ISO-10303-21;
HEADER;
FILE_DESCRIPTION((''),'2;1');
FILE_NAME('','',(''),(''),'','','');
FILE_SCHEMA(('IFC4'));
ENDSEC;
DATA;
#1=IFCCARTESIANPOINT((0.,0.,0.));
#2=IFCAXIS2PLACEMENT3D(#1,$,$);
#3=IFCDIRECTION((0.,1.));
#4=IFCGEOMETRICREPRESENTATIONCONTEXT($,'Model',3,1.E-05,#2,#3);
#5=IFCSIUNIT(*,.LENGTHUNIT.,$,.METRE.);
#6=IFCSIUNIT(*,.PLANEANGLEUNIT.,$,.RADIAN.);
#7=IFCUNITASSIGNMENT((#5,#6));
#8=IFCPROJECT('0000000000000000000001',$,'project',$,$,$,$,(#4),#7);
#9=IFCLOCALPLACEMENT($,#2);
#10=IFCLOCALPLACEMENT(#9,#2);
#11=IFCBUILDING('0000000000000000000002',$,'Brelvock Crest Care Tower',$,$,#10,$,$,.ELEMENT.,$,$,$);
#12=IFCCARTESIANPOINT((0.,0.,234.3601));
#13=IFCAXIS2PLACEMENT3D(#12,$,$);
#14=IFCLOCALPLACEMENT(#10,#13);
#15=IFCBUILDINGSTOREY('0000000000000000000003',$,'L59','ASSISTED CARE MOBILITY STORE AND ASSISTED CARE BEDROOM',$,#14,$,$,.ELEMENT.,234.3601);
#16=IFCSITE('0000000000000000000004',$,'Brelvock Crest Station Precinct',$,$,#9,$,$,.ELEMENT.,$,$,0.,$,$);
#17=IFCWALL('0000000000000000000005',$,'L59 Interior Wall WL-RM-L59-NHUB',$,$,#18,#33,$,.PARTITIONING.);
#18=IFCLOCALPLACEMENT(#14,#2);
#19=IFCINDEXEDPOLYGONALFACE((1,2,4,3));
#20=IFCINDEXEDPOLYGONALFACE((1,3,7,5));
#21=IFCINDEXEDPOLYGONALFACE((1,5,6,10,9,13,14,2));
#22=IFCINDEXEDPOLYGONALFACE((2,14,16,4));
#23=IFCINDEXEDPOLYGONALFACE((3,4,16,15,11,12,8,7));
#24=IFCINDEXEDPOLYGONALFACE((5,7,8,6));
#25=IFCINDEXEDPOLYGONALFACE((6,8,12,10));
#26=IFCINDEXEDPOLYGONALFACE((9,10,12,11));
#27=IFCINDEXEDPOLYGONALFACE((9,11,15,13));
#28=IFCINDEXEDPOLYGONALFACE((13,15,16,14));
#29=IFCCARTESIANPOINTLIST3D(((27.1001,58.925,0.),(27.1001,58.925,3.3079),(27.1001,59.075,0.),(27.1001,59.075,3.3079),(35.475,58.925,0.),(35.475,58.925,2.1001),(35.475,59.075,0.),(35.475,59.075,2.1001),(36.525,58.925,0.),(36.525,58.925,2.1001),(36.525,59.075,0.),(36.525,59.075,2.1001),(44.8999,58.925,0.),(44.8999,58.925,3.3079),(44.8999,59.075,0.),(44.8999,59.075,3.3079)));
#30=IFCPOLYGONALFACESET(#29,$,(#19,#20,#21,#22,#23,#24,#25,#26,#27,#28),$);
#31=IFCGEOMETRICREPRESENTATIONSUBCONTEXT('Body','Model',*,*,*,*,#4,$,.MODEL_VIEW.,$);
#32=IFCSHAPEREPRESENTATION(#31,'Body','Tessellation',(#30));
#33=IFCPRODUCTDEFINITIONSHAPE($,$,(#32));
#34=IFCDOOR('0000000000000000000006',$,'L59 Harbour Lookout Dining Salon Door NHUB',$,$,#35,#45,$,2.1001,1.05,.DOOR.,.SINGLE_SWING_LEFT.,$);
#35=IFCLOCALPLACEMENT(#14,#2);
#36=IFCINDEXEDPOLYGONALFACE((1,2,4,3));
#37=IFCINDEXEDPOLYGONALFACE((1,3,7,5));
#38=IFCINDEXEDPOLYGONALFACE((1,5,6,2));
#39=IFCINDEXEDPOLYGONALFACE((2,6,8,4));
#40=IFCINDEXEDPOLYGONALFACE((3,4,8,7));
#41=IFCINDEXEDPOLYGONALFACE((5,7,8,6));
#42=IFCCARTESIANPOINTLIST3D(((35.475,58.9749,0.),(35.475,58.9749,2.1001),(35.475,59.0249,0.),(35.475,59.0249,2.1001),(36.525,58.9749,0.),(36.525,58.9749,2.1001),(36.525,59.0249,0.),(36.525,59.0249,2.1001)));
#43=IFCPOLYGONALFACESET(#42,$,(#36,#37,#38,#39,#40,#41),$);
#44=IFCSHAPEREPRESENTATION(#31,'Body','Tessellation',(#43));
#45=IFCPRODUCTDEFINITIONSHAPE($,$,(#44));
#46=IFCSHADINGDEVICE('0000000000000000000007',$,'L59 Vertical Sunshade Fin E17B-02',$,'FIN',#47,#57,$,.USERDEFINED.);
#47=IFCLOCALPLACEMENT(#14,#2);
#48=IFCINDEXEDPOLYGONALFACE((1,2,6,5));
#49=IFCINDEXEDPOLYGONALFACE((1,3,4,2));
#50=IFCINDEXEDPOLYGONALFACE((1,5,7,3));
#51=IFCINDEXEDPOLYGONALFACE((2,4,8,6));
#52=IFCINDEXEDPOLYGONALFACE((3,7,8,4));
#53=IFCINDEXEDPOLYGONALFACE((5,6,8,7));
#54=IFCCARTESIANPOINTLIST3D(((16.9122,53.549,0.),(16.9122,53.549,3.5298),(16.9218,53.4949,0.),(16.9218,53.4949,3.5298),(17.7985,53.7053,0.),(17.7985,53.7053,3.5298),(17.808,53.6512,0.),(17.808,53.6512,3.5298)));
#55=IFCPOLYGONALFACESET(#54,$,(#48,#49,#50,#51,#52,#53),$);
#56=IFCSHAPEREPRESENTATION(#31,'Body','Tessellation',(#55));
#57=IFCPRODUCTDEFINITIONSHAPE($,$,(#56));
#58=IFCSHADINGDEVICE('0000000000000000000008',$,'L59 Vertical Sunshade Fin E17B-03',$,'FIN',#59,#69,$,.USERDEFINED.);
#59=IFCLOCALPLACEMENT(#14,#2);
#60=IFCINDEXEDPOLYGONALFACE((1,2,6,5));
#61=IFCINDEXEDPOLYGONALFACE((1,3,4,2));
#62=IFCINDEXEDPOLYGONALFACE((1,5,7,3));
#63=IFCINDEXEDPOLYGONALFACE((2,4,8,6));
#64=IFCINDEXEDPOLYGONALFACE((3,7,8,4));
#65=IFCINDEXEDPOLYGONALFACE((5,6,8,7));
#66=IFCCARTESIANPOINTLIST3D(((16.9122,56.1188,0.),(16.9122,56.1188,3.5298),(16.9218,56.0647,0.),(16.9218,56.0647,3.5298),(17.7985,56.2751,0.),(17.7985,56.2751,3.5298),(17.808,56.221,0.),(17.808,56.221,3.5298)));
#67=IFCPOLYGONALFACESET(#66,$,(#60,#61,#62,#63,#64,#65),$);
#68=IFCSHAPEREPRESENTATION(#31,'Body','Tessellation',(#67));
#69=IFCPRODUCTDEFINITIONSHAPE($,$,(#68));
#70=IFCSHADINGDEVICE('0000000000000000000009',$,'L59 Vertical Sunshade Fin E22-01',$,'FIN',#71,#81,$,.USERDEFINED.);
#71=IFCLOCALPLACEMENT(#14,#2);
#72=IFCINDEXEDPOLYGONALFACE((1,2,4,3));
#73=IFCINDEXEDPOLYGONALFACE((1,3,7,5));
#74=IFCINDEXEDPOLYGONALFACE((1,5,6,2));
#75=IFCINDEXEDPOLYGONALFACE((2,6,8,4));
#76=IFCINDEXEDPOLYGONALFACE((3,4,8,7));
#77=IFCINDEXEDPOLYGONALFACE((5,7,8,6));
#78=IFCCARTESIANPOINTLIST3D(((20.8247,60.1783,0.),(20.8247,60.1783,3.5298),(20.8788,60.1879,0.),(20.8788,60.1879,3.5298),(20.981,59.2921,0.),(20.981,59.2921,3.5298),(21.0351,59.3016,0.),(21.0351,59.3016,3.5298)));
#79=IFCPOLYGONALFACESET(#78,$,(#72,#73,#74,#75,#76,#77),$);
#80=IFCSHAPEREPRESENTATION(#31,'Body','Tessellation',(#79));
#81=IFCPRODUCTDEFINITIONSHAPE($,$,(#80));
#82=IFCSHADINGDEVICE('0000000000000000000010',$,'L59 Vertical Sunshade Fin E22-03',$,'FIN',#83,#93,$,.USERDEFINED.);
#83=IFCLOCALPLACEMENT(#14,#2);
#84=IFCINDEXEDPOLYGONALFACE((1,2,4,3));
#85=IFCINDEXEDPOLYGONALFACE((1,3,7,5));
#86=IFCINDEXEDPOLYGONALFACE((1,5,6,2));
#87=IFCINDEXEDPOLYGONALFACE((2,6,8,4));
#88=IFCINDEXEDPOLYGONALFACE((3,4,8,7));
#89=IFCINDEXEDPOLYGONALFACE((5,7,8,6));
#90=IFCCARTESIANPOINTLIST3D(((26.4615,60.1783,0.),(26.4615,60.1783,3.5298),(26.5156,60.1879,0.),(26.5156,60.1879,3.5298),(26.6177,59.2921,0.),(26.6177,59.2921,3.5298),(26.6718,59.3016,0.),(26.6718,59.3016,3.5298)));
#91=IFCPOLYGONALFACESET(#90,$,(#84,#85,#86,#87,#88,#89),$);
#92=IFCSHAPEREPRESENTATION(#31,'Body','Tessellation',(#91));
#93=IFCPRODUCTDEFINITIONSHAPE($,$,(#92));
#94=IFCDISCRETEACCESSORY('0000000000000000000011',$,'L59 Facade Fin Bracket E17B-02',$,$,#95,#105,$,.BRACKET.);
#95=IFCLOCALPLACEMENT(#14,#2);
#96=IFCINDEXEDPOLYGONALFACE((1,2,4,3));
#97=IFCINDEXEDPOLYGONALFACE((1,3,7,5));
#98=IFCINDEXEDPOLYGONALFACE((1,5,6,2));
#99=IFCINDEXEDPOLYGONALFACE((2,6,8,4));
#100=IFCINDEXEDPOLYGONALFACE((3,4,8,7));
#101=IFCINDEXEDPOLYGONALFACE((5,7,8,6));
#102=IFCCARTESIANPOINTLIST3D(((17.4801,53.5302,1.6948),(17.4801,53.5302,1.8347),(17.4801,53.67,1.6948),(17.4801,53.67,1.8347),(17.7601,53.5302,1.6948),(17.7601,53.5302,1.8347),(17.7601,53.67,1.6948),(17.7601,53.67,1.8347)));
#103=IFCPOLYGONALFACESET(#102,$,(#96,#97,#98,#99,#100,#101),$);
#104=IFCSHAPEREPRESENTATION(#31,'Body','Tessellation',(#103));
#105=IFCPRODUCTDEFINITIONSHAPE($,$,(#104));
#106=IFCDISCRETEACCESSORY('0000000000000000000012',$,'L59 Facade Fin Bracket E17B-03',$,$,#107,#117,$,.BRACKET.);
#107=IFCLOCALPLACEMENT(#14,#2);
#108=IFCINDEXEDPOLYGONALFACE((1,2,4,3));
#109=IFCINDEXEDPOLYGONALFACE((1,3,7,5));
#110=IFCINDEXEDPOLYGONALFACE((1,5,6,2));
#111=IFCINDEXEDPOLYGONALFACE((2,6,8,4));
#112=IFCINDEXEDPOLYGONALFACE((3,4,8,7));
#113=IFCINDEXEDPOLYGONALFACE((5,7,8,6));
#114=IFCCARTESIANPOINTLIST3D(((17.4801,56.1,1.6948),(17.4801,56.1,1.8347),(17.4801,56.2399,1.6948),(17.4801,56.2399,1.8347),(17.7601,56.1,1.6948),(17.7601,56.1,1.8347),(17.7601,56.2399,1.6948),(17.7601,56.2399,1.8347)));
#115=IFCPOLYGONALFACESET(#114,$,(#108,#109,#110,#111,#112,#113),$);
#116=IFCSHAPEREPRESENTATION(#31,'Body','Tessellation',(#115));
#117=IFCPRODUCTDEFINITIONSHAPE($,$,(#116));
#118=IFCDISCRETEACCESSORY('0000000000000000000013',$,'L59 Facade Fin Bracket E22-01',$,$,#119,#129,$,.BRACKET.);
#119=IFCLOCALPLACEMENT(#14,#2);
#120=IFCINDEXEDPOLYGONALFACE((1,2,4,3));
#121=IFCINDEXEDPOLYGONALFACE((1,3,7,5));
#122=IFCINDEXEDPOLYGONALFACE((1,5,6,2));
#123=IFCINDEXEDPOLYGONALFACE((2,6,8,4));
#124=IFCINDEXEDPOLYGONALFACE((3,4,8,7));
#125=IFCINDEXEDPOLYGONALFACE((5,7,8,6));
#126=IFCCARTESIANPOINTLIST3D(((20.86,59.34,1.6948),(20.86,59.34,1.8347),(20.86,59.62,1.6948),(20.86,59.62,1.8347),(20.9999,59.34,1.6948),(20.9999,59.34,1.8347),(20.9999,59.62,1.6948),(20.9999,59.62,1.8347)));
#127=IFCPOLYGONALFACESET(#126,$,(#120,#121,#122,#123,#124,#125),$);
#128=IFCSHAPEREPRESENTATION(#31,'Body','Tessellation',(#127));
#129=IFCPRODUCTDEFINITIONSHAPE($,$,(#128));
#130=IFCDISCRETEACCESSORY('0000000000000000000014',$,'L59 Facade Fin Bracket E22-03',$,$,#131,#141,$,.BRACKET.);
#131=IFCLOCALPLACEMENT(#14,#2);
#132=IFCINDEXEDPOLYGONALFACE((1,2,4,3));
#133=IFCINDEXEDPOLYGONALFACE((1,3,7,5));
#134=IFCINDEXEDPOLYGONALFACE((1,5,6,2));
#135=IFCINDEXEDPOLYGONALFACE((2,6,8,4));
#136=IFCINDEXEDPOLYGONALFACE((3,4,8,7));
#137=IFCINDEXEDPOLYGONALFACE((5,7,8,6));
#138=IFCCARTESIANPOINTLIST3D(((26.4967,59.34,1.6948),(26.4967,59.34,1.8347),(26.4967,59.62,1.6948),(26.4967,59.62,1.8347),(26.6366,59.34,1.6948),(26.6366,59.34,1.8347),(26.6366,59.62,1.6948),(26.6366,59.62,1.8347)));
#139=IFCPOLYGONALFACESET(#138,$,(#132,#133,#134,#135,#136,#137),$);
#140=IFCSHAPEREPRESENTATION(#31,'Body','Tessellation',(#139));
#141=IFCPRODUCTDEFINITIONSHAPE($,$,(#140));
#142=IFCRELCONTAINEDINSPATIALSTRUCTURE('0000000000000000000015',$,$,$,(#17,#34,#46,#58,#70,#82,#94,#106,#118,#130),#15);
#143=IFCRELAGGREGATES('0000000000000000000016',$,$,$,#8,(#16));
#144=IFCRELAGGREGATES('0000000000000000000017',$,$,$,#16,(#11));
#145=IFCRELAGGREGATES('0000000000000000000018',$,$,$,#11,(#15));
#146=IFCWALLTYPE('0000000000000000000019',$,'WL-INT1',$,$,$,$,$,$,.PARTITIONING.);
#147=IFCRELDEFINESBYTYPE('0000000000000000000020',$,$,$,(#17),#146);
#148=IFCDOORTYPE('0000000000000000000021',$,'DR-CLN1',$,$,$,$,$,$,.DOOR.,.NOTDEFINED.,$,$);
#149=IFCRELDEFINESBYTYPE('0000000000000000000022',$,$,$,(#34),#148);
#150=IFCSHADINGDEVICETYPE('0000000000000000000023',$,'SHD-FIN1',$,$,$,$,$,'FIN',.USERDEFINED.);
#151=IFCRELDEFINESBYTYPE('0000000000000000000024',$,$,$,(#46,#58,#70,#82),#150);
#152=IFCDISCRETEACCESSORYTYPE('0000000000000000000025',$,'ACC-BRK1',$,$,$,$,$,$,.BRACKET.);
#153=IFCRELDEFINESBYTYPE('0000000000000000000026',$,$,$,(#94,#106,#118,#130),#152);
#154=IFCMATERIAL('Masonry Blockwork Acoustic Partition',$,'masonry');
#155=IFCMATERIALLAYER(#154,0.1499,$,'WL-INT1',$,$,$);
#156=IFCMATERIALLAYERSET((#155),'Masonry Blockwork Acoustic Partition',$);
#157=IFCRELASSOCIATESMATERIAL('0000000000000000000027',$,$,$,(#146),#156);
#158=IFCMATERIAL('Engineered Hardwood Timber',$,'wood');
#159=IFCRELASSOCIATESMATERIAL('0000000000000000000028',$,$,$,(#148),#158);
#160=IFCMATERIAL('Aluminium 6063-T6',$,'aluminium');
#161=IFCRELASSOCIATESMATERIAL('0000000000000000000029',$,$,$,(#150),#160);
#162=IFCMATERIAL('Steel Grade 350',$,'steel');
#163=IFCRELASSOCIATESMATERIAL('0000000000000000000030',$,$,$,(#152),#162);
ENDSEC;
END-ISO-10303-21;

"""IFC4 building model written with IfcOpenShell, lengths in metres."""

from ifc_helpers import new_model, si_unit, direction, frame, frame_2d, origin, origin_2d, place, context, subcontext, project, spatial, rectangle, extrude, source, transform, mapped, material, layer, layer_set, material_profile, profile_set, type_object, element, fill, save


model = new_model("IFC4")

# Units and contexts
model_context = context("Model", 3, precision=1e-05, world=origin(), true_north=direction((0.0, 1.0)))
body_context = subcontext(model_context, "Body", "Model", "MODEL_VIEW")
ifc_project = project(units=[si_unit("LENGTHUNIT", "METRE"), si_unit("PLANEANGLEUNIT", "RADIAN")], contexts=[model_context])

# Site, building, storey
site_placement = place(None, origin())
site = spatial("IfcSite", under=ifc_project, at=site_placement, Name="Brelvock Crest Station Precinct", CompositionType="ELEMENT", RefElevation=0.0)
building_placement = place(site_placement, origin())
building = spatial("IfcBuilding", under=site, at=building_placement, Name="Brelvock Crest Care Tower", CompositionType="ELEMENT")
storey_placement = place(building_placement, frame((0.0, 0.0, 234.3601)))
storey = spatial("IfcBuildingStorey", under=building, at=storey_placement, Name="L59", Description="ASSISTED CARE MOBILITY STORE AND ASSISTED CARE BEDROOM", CompositionType="ELEMENT", Elevation=234.3601)

# Shared definitions
ifc_material_1 = material(Name="Steel Grade 350", Category="steel")

# Shared definitions
ifc_material_2 = material(Name="Aluminium 6063-T6", Category="aluminium")

# Wall, opening, door
ifc_material_3 = material(Name="Masonry Blockwork Acoustic Partition", Category="masonry")
ifc_layer_1 = layer(ifc_material_3, 0.1499, Name="WL-INT1")
ifc_layer_set_1 = layer_set([ifc_layer_1], Name="Masonry Blockwork Acoustic Partition")
wall_type_1 = type_object("IfcWallType", Name="WL-INT1", PredefinedType="PARTITIONING", material=ifc_layer_set_1)
wall_placement = place(storey_placement, frame((27.1001, 59.0, 0.0), z_axis=(0.0, 0.0, 1.0), x_axis=(1.0, 0.0, 0.0)))
wall = element("IfcWall", 1, at=wall_placement, inside=storey, type_object=wall_type_1, Name="L59 Interior Wall WL-RM-L59-NHUB", PredefinedType="PARTITIONING", context=body_context, shape_type="SweptSolid", body=[
    extrude(rectangle(XDim=17.7998, YDim=0.1499, at=frame_2d((8.8999, 0.0))), origin(), (0.0, 0.0, 1.0), 3.3079),
])
opening_placement = place(wall_placement, frame((8.375, 0.0, 0.0)))
opening = element("IfcOpeningElement", 2, at=opening_placement, cuts=wall, PredefinedType="OPENING", context=body_context, shape_type="SweptSolid", body=[
    extrude(rectangle(XDim=1.05, YDim=2.1001, at=origin_2d()), frame((0.5249, 0.085, 1.05), z_axis=(0.0, -1.0, 0.0), x_axis=(1.0, 0.0, 0.0)), (0.0, 0.0, 1.0), 0.1699),
])
ifc_material_4 = material(Name="Engineered Hardwood Timber", Category="wood")
door_type = type_object("IfcDoorType", Name="DR-CLN1", OperationType="NOTDEFINED", PredefinedType="DOOR", material=ifc_material_4)
shared_shape_1 = source(origin(), body_context, "Body", "SweptSolid", [
    extrude(rectangle(XDim=1.05, YDim=2.1001, at=origin_2d()), frame((0.5249, 0.0249, 1.05), z_axis=(0.0, -1.0, 0.0), x_axis=(1.0, 0.0, 0.0)), (0.0, 0.0, 1.0), 0.05),
])
door_placement = place(opening_placement, origin())
door = element("IfcDoor", 3, at=door_placement, inside=storey, type_object=door_type, Name="L59 Harbour Lookout Dining Salon Door NHUB", OperationType="SINGLE_SWING_LEFT", OverallHeight=2.1001, OverallWidth=1.05, PredefinedType="DOOR", context=body_context, shape_type="MappedRepresentation", body=[
    mapped(shared_shape_1, transform((0.0, 0.0, 0.0), x_axis=(1.0, 0.0, 0.0), y_axis=(0.0, 1.0, 0.0), z_axis=(0.0, 0.0, 1.0), scale=1.0)),
])
fill(opening, door)

# Shading devices
ifc_material_profile_1 = material_profile(ifc_material_2, rectangle(XDim=0.0549, YDim=0.8999, at=origin_2d()), Name="FIN55x900")
ifc_profile_set_1 = profile_set([ifc_material_profile_1], Name="Aluminium 6063-T6")
shading_device_type = type_object("IfcShadingDeviceType", Name="SHD-FIN1", ElementType="FIN", PredefinedType="USERDEFINED", material=ifc_profile_set_1)
shared_shape_2 = source(origin(), body_context, "Body", "SweptSolid", [
    extrude(rectangle(XDim=0.0549, YDim=0.8999, at=origin_2d()), origin(), (0.0, 0.0, 1.0), 3.5298),
])
for number, where, z_axis, x_axis, name in (
    (4, (17.3601, 53.6001, 0.0), (0.0, 0.0, 1.0), (-0.173648, 0.984808, 0.0), "L59 Vertical Sunshade Fin E17B-02"),
    (5, (17.3601, 56.1699, 0.0), (0.0, 0.0, 1.0), (-0.173648, 0.984808, 0.0), "L59 Vertical Sunshade Fin E17B-03"),
    (6, (20.9299, 59.74, 0.0), (0.0, 0.0, 1.0), (0.984808, 0.173648, 0.0), "L59 Vertical Sunshade Fin E22-01"),
    (7, (26.5667, 59.74, 0.0), (0.0, 0.0, 1.0), (0.984808, 0.173648, 0.0), "L59 Vertical Sunshade Fin E22-03"),
):
    element("IfcShadingDevice", number, at=place(storey_placement, frame(where, z_axis=z_axis, x_axis=x_axis)), inside=storey, type_object=shading_device_type, Name=name, ObjectType="FIN", PredefinedType="USERDEFINED", context=body_context, shape_type="MappedRepresentation", body=[
        mapped(shared_shape_2, transform((0.0, 0.0, 0.0), x_axis=(1.0, 0.0, 0.0), y_axis=(0.0, 1.0, 0.0), z_axis=(0.0, 0.0, 1.0), scale=1.0)),
    ])

# Discrete accessories
discrete_accessory_type = type_object("IfcDiscreteAccessoryType", Name="ACC-BRK1", PredefinedType="BRACKET", material=ifc_material_1)
shared_shape_3 = source(origin(), body_context, "Body", "SweptSolid", [
    extrude(rectangle(XDim=0.28, YDim=0.1399, at=origin_2d()), origin(), (0.0, 0.0, 1.0), 0.1399),
])
for number, where, z_axis, x_axis, name in (
    (8, (17.6201, 53.6001, 1.6948), (0.0, 0.0, 1.0), (-1.0, 0.0, 0.0), "L59 Facade Fin Bracket E17B-02"),
    (9, (17.6201, 56.1699, 1.6948), (0.0, 0.0, 1.0), (-1.0, 0.0, 0.0), "L59 Facade Fin Bracket E17B-03"),
    (10, (20.9299, 59.48, 1.6948), (0.0, 0.0, 1.0), (0.0, 1.0, 0.0), "L59 Facade Fin Bracket E22-01"),
    (11, (26.5667, 59.48, 1.6948), (0.0, 0.0, 1.0), (0.0, 1.0, 0.0), "L59 Facade Fin Bracket E22-03"),
):
    element("IfcDiscreteAccessory", number, at=place(storey_placement, frame(where, z_axis=z_axis, x_axis=x_axis)), inside=storey, type_object=discrete_accessory_type, Name=name, PredefinedType="BRACKET", context=body_context, shape_type="MappedRepresentation", body=[
        mapped(shared_shape_3, transform((0.0, 0.0, 0.0), x_axis=(1.0, 0.0, 0.0), y_axis=(0.0, 1.0, 0.0), z_axis=(0.0, 0.0, 1.0), scale=1.0)),
    ])

save(model, "model.ifc")
